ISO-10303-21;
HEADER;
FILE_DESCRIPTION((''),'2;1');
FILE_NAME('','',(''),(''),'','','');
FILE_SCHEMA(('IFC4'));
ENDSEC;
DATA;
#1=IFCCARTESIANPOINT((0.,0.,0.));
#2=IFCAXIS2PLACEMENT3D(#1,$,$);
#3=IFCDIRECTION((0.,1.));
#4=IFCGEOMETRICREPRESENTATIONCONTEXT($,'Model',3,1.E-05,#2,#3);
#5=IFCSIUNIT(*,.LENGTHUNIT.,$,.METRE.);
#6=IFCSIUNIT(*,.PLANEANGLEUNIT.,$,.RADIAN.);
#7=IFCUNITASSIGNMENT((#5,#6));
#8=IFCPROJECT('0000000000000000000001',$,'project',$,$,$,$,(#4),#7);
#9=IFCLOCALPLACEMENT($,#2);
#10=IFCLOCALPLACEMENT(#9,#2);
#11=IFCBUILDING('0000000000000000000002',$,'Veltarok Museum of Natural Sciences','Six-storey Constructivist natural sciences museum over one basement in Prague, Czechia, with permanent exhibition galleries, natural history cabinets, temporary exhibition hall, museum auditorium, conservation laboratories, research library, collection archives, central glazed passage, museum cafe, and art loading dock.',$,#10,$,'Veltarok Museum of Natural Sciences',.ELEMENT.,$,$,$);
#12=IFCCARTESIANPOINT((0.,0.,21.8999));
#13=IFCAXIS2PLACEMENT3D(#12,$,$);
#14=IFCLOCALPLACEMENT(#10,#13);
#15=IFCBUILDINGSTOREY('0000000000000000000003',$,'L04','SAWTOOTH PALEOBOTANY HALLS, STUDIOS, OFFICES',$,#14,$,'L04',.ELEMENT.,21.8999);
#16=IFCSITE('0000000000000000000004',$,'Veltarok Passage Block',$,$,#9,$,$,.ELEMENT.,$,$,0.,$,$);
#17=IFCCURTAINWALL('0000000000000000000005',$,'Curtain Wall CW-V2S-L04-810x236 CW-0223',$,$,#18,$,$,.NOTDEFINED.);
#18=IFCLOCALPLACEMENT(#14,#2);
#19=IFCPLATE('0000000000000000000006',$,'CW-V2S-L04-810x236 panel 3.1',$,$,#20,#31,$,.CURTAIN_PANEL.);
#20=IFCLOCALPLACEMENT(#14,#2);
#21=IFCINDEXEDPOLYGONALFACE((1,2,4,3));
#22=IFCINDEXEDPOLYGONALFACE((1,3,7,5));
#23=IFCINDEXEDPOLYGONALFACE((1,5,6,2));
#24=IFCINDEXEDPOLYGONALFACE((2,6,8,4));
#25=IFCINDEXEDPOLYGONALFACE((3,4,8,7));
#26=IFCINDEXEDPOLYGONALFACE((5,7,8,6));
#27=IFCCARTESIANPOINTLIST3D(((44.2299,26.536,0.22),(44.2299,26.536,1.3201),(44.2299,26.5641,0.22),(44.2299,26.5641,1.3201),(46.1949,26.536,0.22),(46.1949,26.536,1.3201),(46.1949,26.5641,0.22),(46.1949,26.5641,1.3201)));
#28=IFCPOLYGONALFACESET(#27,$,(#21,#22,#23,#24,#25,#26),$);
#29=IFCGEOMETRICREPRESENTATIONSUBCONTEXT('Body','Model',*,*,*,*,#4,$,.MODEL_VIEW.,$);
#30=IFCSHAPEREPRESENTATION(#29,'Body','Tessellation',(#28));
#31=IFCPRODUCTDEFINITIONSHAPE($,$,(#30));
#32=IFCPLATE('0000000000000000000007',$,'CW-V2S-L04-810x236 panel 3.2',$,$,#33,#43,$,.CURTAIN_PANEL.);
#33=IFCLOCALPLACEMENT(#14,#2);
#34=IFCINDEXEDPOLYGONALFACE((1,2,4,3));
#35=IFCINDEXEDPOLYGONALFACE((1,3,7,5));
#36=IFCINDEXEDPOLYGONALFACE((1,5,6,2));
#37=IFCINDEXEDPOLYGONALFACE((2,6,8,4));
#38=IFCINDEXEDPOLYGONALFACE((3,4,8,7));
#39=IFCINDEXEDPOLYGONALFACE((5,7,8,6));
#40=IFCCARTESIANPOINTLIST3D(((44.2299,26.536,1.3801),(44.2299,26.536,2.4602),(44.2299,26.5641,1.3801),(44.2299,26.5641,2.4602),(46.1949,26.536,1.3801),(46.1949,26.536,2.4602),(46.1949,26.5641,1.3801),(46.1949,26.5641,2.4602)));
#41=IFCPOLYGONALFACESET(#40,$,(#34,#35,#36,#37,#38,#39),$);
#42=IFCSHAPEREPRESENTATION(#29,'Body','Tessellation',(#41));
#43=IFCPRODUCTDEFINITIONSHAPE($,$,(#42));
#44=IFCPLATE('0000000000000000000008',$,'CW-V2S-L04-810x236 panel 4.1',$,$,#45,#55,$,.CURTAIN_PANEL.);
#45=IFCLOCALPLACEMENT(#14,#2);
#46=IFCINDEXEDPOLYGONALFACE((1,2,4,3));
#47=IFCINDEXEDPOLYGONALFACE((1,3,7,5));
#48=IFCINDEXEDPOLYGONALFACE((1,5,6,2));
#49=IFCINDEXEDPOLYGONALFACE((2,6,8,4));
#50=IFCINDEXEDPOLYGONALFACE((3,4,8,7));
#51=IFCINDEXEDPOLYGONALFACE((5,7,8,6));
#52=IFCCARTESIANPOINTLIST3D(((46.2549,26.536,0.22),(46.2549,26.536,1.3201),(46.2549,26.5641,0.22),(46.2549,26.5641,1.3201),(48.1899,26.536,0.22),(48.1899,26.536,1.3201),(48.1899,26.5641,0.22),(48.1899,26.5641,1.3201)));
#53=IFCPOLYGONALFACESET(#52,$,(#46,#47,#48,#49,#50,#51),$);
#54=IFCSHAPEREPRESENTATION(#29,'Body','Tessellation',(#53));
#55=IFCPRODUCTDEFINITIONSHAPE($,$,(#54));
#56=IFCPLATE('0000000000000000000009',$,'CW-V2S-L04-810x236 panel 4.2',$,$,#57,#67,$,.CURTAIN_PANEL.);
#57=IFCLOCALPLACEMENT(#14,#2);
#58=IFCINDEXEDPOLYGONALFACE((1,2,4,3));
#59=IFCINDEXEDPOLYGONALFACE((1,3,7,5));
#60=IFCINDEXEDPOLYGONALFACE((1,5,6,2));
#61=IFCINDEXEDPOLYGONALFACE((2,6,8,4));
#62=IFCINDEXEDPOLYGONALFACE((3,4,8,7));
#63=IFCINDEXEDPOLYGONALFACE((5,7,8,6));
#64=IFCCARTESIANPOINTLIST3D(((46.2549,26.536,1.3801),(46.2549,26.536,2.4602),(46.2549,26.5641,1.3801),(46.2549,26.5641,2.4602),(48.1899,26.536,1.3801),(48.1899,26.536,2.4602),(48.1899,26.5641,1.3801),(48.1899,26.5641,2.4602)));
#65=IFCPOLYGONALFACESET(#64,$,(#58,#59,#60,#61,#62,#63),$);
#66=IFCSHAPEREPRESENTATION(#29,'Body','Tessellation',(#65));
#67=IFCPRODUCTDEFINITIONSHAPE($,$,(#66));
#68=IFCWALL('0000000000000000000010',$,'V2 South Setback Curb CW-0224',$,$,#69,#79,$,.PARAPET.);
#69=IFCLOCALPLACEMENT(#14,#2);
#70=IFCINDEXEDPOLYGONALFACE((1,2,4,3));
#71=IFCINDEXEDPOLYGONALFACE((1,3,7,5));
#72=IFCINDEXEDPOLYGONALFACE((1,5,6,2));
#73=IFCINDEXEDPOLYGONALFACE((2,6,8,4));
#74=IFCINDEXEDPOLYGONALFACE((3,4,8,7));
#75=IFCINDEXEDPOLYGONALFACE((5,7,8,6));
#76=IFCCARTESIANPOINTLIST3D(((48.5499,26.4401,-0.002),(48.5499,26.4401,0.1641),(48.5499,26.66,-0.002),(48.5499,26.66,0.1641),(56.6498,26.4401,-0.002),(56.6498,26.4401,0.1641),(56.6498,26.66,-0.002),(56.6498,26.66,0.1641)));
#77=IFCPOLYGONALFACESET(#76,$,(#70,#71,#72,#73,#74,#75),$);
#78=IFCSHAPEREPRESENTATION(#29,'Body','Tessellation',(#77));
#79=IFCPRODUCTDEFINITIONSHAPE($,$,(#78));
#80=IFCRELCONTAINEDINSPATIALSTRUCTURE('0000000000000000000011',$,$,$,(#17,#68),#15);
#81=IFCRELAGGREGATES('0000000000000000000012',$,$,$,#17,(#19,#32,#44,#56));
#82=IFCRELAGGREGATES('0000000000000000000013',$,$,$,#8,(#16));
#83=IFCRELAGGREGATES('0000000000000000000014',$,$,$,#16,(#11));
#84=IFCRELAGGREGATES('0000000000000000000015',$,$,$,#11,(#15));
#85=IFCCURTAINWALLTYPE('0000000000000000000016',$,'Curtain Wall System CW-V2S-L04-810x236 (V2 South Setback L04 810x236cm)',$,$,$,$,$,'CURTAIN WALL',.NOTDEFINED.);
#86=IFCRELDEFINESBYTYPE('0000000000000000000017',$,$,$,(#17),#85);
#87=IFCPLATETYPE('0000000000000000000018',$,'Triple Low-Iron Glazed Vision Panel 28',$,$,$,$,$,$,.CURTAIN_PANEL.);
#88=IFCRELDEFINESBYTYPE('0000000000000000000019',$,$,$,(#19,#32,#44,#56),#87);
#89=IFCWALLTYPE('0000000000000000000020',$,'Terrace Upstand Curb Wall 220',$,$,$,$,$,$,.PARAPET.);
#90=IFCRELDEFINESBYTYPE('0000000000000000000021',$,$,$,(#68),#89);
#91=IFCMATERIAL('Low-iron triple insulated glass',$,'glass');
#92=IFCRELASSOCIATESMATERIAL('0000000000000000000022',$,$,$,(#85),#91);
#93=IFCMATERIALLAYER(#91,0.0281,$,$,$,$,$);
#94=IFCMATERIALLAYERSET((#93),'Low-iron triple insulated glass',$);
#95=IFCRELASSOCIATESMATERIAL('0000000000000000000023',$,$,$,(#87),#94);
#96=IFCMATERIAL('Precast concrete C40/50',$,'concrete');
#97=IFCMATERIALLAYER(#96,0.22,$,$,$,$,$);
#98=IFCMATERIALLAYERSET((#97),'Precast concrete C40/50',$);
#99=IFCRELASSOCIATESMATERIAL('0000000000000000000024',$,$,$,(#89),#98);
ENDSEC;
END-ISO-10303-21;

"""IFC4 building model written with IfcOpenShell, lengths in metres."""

from ifc_helpers import new_model, si_unit, direction, frame, frame_2d, origin, origin_2d, place, context, subcontext, project, spatial, rectangle, extrude, material, layer, layer_set, type_object, element, aggregate, save


model = new_model("IFC4")

# Units and contexts
model_context = context("Model", 3, precision=1e-05, world=origin(), true_north=direction((0.0, 1.0)))
body_context = subcontext(model_context, "Body", "Model", "MODEL_VIEW")
ifc_project = project(units=[si_unit("LENGTHUNIT", "METRE"), si_unit("PLANEANGLEUNIT", "RADIAN")], contexts=[model_context])

# Site, building, storey
site_placement = place(None, origin())
site = spatial("IfcSite", under=ifc_project, at=site_placement, Name="Veltarok Passage Block", CompositionType="ELEMENT", RefElevation=0.0)
building_placement = place(site_placement, origin())
building = spatial("IfcBuilding", under=site, at=building_placement, Name="Veltarok Museum of Natural Sciences", Description="Six-storey Constructivist natural sciences museum over one basement in Prague, Czechia, with permanent exhibition galleries, natural history cabinets, temporary exhibition hall, museum auditorium, conservation laboratories, research library, collection archives, central glazed passage, museum cafe, and art loading dock.", LongName="Veltarok Museum of Natural Sciences", CompositionType="ELEMENT")
storey_placement = place(building_placement, frame((0.0, 0.0, 21.8999)))
storey = spatial("IfcBuildingStorey", under=building, at=storey_placement, Name="L04", Description="SAWTOOTH PALEOBOTANY HALLS, STUDIOS, OFFICES", LongName="L04", CompositionType="ELEMENT", Elevation=21.8999)

# Curtain wall
ifc_material_1 = material(Name="Low-iron triple insulated glass", Category="glass")
curtain_wall_type = type_object("IfcCurtainWallType", Name="Curtain Wall System CW-V2S-L04-810x236 (V2 South Setback L04 810x236cm)", ElementType="CURTAIN WALL", PredefinedType="NOTDEFINED", material=ifc_material_1)
curtain_wall_1_placement = place(storey_placement, origin())
curtain_wall_1 = element("IfcCurtainWall", 1, at=curtain_wall_1_placement, inside=storey, type_object=curtain_wall_type, Name="Curtain Wall CW-V2S-L04-810x236 CW-0223", PredefinedType="NOTDEFINED")

# Plates
ifc_layer_1 = layer(ifc_material_1, 0.0281)
ifc_layer_set_1 = layer_set([ifc_layer_1], Name="Low-iron triple insulated glass")
plate_type = type_object("IfcPlateType", Name="Triple Low-Iron Glazed Vision Panel 28", PredefinedType="CURTAIN_PANEL", material=ifc_layer_set_1)
plate_1_placement = place(storey_placement, frame((45.2124, 26.55, 0.22), z_axis=(0.0, 0.0, 1.0), x_axis=(1.0, 0.0, 0.0)))
plate_1 = element("IfcPlate", 2, at=plate_1_placement, type_object=plate_type, Name="CW-V2S-L04-810x236 panel 3.1", PredefinedType="CURTAIN_PANEL", context=body_context, shape_type="SweptSolid", body=[
    extrude(rectangle(XDim=1.9651, YDim=0.0281, at=origin_2d()), origin(), (0.0, 0.0, 1.0), 1.1001),
])
plate_2_placement = place(storey_placement, frame((45.2124, 26.55, 1.3801), z_axis=(0.0, 0.0, 1.0), x_axis=(1.0, 0.0, 0.0)))
plate_2 = element("IfcPlate", 3, at=plate_2_placement, type_object=plate_type, Name="CW-V2S-L04-810x236 panel 3.2", PredefinedType="CURTAIN_PANEL", context=body_context, shape_type="SweptSolid", body=[
    extrude(rectangle(XDim=1.9651, YDim=0.0281, at=origin_2d()), origin(), (0.0, 0.0, 1.0), 1.0801),
])
plate_3_placement = place(storey_placement, frame((47.2224, 26.55, 0.22), z_axis=(0.0, 0.0, 1.0), x_axis=(1.0, 0.0, 0.0)))
plate_3 = element("IfcPlate", 4, at=plate_3_placement, type_object=plate_type, Name="CW-V2S-L04-810x236 panel 4.1", PredefinedType="CURTAIN_PANEL", context=body_context, shape_type="SweptSolid", body=[
    extrude(rectangle(XDim=1.9351, YDim=0.0281, at=origin_2d()), origin(), (0.0, 0.0, 1.0), 1.1001),
])
plate_4_placement = place(storey_placement, frame((47.2224, 26.55, 1.3801), z_axis=(0.0, 0.0, 1.0), x_axis=(1.0, 0.0, 0.0)))
plate_4 = element("IfcPlate", 5, at=plate_4_placement, type_object=plate_type, Name="CW-V2S-L04-810x236 panel 4.2", PredefinedType="CURTAIN_PANEL", context=body_context, shape_type="SweptSolid", body=[
    extrude(rectangle(XDim=1.9351, YDim=0.0281, at=origin_2d()), origin(), (0.0, 0.0, 1.0), 1.0801),
])
aggregate(curtain_wall_1, [plate_1, plate_2, plate_3, plate_4])

# Wall
ifc_material_2 = material(Name="Precast concrete C40/50", Category="concrete")
ifc_layer_2 = layer(ifc_material_2, 0.22)
ifc_layer_set_2 = layer_set([ifc_layer_2], Name="Precast concrete C40/50")
wall_type = type_object("IfcWallType", Name="Terrace Upstand Curb Wall 220", PredefinedType="PARAPET", material=ifc_layer_set_2)
wall_placement = place(storey_placement, frame((48.55, 26.55, -0.002), z_axis=(0.0, 0.0, 1.0), x_axis=(1.0, 0.0, 0.0)))
element("IfcWall", 6, at=wall_placement, inside=storey, type_object=wall_type, Name="V2 South Setback Curb CW-0224", PredefinedType="PARAPET", context=body_context, shape_type="SweptSolid", body=[
    extrude(rectangle(XDim=8.0999, YDim=0.22, at=frame_2d((4.0498, 0.0))), origin(), (0.0, 0.0, 1.0), 0.166),
])

save(model, "model.ifc")
